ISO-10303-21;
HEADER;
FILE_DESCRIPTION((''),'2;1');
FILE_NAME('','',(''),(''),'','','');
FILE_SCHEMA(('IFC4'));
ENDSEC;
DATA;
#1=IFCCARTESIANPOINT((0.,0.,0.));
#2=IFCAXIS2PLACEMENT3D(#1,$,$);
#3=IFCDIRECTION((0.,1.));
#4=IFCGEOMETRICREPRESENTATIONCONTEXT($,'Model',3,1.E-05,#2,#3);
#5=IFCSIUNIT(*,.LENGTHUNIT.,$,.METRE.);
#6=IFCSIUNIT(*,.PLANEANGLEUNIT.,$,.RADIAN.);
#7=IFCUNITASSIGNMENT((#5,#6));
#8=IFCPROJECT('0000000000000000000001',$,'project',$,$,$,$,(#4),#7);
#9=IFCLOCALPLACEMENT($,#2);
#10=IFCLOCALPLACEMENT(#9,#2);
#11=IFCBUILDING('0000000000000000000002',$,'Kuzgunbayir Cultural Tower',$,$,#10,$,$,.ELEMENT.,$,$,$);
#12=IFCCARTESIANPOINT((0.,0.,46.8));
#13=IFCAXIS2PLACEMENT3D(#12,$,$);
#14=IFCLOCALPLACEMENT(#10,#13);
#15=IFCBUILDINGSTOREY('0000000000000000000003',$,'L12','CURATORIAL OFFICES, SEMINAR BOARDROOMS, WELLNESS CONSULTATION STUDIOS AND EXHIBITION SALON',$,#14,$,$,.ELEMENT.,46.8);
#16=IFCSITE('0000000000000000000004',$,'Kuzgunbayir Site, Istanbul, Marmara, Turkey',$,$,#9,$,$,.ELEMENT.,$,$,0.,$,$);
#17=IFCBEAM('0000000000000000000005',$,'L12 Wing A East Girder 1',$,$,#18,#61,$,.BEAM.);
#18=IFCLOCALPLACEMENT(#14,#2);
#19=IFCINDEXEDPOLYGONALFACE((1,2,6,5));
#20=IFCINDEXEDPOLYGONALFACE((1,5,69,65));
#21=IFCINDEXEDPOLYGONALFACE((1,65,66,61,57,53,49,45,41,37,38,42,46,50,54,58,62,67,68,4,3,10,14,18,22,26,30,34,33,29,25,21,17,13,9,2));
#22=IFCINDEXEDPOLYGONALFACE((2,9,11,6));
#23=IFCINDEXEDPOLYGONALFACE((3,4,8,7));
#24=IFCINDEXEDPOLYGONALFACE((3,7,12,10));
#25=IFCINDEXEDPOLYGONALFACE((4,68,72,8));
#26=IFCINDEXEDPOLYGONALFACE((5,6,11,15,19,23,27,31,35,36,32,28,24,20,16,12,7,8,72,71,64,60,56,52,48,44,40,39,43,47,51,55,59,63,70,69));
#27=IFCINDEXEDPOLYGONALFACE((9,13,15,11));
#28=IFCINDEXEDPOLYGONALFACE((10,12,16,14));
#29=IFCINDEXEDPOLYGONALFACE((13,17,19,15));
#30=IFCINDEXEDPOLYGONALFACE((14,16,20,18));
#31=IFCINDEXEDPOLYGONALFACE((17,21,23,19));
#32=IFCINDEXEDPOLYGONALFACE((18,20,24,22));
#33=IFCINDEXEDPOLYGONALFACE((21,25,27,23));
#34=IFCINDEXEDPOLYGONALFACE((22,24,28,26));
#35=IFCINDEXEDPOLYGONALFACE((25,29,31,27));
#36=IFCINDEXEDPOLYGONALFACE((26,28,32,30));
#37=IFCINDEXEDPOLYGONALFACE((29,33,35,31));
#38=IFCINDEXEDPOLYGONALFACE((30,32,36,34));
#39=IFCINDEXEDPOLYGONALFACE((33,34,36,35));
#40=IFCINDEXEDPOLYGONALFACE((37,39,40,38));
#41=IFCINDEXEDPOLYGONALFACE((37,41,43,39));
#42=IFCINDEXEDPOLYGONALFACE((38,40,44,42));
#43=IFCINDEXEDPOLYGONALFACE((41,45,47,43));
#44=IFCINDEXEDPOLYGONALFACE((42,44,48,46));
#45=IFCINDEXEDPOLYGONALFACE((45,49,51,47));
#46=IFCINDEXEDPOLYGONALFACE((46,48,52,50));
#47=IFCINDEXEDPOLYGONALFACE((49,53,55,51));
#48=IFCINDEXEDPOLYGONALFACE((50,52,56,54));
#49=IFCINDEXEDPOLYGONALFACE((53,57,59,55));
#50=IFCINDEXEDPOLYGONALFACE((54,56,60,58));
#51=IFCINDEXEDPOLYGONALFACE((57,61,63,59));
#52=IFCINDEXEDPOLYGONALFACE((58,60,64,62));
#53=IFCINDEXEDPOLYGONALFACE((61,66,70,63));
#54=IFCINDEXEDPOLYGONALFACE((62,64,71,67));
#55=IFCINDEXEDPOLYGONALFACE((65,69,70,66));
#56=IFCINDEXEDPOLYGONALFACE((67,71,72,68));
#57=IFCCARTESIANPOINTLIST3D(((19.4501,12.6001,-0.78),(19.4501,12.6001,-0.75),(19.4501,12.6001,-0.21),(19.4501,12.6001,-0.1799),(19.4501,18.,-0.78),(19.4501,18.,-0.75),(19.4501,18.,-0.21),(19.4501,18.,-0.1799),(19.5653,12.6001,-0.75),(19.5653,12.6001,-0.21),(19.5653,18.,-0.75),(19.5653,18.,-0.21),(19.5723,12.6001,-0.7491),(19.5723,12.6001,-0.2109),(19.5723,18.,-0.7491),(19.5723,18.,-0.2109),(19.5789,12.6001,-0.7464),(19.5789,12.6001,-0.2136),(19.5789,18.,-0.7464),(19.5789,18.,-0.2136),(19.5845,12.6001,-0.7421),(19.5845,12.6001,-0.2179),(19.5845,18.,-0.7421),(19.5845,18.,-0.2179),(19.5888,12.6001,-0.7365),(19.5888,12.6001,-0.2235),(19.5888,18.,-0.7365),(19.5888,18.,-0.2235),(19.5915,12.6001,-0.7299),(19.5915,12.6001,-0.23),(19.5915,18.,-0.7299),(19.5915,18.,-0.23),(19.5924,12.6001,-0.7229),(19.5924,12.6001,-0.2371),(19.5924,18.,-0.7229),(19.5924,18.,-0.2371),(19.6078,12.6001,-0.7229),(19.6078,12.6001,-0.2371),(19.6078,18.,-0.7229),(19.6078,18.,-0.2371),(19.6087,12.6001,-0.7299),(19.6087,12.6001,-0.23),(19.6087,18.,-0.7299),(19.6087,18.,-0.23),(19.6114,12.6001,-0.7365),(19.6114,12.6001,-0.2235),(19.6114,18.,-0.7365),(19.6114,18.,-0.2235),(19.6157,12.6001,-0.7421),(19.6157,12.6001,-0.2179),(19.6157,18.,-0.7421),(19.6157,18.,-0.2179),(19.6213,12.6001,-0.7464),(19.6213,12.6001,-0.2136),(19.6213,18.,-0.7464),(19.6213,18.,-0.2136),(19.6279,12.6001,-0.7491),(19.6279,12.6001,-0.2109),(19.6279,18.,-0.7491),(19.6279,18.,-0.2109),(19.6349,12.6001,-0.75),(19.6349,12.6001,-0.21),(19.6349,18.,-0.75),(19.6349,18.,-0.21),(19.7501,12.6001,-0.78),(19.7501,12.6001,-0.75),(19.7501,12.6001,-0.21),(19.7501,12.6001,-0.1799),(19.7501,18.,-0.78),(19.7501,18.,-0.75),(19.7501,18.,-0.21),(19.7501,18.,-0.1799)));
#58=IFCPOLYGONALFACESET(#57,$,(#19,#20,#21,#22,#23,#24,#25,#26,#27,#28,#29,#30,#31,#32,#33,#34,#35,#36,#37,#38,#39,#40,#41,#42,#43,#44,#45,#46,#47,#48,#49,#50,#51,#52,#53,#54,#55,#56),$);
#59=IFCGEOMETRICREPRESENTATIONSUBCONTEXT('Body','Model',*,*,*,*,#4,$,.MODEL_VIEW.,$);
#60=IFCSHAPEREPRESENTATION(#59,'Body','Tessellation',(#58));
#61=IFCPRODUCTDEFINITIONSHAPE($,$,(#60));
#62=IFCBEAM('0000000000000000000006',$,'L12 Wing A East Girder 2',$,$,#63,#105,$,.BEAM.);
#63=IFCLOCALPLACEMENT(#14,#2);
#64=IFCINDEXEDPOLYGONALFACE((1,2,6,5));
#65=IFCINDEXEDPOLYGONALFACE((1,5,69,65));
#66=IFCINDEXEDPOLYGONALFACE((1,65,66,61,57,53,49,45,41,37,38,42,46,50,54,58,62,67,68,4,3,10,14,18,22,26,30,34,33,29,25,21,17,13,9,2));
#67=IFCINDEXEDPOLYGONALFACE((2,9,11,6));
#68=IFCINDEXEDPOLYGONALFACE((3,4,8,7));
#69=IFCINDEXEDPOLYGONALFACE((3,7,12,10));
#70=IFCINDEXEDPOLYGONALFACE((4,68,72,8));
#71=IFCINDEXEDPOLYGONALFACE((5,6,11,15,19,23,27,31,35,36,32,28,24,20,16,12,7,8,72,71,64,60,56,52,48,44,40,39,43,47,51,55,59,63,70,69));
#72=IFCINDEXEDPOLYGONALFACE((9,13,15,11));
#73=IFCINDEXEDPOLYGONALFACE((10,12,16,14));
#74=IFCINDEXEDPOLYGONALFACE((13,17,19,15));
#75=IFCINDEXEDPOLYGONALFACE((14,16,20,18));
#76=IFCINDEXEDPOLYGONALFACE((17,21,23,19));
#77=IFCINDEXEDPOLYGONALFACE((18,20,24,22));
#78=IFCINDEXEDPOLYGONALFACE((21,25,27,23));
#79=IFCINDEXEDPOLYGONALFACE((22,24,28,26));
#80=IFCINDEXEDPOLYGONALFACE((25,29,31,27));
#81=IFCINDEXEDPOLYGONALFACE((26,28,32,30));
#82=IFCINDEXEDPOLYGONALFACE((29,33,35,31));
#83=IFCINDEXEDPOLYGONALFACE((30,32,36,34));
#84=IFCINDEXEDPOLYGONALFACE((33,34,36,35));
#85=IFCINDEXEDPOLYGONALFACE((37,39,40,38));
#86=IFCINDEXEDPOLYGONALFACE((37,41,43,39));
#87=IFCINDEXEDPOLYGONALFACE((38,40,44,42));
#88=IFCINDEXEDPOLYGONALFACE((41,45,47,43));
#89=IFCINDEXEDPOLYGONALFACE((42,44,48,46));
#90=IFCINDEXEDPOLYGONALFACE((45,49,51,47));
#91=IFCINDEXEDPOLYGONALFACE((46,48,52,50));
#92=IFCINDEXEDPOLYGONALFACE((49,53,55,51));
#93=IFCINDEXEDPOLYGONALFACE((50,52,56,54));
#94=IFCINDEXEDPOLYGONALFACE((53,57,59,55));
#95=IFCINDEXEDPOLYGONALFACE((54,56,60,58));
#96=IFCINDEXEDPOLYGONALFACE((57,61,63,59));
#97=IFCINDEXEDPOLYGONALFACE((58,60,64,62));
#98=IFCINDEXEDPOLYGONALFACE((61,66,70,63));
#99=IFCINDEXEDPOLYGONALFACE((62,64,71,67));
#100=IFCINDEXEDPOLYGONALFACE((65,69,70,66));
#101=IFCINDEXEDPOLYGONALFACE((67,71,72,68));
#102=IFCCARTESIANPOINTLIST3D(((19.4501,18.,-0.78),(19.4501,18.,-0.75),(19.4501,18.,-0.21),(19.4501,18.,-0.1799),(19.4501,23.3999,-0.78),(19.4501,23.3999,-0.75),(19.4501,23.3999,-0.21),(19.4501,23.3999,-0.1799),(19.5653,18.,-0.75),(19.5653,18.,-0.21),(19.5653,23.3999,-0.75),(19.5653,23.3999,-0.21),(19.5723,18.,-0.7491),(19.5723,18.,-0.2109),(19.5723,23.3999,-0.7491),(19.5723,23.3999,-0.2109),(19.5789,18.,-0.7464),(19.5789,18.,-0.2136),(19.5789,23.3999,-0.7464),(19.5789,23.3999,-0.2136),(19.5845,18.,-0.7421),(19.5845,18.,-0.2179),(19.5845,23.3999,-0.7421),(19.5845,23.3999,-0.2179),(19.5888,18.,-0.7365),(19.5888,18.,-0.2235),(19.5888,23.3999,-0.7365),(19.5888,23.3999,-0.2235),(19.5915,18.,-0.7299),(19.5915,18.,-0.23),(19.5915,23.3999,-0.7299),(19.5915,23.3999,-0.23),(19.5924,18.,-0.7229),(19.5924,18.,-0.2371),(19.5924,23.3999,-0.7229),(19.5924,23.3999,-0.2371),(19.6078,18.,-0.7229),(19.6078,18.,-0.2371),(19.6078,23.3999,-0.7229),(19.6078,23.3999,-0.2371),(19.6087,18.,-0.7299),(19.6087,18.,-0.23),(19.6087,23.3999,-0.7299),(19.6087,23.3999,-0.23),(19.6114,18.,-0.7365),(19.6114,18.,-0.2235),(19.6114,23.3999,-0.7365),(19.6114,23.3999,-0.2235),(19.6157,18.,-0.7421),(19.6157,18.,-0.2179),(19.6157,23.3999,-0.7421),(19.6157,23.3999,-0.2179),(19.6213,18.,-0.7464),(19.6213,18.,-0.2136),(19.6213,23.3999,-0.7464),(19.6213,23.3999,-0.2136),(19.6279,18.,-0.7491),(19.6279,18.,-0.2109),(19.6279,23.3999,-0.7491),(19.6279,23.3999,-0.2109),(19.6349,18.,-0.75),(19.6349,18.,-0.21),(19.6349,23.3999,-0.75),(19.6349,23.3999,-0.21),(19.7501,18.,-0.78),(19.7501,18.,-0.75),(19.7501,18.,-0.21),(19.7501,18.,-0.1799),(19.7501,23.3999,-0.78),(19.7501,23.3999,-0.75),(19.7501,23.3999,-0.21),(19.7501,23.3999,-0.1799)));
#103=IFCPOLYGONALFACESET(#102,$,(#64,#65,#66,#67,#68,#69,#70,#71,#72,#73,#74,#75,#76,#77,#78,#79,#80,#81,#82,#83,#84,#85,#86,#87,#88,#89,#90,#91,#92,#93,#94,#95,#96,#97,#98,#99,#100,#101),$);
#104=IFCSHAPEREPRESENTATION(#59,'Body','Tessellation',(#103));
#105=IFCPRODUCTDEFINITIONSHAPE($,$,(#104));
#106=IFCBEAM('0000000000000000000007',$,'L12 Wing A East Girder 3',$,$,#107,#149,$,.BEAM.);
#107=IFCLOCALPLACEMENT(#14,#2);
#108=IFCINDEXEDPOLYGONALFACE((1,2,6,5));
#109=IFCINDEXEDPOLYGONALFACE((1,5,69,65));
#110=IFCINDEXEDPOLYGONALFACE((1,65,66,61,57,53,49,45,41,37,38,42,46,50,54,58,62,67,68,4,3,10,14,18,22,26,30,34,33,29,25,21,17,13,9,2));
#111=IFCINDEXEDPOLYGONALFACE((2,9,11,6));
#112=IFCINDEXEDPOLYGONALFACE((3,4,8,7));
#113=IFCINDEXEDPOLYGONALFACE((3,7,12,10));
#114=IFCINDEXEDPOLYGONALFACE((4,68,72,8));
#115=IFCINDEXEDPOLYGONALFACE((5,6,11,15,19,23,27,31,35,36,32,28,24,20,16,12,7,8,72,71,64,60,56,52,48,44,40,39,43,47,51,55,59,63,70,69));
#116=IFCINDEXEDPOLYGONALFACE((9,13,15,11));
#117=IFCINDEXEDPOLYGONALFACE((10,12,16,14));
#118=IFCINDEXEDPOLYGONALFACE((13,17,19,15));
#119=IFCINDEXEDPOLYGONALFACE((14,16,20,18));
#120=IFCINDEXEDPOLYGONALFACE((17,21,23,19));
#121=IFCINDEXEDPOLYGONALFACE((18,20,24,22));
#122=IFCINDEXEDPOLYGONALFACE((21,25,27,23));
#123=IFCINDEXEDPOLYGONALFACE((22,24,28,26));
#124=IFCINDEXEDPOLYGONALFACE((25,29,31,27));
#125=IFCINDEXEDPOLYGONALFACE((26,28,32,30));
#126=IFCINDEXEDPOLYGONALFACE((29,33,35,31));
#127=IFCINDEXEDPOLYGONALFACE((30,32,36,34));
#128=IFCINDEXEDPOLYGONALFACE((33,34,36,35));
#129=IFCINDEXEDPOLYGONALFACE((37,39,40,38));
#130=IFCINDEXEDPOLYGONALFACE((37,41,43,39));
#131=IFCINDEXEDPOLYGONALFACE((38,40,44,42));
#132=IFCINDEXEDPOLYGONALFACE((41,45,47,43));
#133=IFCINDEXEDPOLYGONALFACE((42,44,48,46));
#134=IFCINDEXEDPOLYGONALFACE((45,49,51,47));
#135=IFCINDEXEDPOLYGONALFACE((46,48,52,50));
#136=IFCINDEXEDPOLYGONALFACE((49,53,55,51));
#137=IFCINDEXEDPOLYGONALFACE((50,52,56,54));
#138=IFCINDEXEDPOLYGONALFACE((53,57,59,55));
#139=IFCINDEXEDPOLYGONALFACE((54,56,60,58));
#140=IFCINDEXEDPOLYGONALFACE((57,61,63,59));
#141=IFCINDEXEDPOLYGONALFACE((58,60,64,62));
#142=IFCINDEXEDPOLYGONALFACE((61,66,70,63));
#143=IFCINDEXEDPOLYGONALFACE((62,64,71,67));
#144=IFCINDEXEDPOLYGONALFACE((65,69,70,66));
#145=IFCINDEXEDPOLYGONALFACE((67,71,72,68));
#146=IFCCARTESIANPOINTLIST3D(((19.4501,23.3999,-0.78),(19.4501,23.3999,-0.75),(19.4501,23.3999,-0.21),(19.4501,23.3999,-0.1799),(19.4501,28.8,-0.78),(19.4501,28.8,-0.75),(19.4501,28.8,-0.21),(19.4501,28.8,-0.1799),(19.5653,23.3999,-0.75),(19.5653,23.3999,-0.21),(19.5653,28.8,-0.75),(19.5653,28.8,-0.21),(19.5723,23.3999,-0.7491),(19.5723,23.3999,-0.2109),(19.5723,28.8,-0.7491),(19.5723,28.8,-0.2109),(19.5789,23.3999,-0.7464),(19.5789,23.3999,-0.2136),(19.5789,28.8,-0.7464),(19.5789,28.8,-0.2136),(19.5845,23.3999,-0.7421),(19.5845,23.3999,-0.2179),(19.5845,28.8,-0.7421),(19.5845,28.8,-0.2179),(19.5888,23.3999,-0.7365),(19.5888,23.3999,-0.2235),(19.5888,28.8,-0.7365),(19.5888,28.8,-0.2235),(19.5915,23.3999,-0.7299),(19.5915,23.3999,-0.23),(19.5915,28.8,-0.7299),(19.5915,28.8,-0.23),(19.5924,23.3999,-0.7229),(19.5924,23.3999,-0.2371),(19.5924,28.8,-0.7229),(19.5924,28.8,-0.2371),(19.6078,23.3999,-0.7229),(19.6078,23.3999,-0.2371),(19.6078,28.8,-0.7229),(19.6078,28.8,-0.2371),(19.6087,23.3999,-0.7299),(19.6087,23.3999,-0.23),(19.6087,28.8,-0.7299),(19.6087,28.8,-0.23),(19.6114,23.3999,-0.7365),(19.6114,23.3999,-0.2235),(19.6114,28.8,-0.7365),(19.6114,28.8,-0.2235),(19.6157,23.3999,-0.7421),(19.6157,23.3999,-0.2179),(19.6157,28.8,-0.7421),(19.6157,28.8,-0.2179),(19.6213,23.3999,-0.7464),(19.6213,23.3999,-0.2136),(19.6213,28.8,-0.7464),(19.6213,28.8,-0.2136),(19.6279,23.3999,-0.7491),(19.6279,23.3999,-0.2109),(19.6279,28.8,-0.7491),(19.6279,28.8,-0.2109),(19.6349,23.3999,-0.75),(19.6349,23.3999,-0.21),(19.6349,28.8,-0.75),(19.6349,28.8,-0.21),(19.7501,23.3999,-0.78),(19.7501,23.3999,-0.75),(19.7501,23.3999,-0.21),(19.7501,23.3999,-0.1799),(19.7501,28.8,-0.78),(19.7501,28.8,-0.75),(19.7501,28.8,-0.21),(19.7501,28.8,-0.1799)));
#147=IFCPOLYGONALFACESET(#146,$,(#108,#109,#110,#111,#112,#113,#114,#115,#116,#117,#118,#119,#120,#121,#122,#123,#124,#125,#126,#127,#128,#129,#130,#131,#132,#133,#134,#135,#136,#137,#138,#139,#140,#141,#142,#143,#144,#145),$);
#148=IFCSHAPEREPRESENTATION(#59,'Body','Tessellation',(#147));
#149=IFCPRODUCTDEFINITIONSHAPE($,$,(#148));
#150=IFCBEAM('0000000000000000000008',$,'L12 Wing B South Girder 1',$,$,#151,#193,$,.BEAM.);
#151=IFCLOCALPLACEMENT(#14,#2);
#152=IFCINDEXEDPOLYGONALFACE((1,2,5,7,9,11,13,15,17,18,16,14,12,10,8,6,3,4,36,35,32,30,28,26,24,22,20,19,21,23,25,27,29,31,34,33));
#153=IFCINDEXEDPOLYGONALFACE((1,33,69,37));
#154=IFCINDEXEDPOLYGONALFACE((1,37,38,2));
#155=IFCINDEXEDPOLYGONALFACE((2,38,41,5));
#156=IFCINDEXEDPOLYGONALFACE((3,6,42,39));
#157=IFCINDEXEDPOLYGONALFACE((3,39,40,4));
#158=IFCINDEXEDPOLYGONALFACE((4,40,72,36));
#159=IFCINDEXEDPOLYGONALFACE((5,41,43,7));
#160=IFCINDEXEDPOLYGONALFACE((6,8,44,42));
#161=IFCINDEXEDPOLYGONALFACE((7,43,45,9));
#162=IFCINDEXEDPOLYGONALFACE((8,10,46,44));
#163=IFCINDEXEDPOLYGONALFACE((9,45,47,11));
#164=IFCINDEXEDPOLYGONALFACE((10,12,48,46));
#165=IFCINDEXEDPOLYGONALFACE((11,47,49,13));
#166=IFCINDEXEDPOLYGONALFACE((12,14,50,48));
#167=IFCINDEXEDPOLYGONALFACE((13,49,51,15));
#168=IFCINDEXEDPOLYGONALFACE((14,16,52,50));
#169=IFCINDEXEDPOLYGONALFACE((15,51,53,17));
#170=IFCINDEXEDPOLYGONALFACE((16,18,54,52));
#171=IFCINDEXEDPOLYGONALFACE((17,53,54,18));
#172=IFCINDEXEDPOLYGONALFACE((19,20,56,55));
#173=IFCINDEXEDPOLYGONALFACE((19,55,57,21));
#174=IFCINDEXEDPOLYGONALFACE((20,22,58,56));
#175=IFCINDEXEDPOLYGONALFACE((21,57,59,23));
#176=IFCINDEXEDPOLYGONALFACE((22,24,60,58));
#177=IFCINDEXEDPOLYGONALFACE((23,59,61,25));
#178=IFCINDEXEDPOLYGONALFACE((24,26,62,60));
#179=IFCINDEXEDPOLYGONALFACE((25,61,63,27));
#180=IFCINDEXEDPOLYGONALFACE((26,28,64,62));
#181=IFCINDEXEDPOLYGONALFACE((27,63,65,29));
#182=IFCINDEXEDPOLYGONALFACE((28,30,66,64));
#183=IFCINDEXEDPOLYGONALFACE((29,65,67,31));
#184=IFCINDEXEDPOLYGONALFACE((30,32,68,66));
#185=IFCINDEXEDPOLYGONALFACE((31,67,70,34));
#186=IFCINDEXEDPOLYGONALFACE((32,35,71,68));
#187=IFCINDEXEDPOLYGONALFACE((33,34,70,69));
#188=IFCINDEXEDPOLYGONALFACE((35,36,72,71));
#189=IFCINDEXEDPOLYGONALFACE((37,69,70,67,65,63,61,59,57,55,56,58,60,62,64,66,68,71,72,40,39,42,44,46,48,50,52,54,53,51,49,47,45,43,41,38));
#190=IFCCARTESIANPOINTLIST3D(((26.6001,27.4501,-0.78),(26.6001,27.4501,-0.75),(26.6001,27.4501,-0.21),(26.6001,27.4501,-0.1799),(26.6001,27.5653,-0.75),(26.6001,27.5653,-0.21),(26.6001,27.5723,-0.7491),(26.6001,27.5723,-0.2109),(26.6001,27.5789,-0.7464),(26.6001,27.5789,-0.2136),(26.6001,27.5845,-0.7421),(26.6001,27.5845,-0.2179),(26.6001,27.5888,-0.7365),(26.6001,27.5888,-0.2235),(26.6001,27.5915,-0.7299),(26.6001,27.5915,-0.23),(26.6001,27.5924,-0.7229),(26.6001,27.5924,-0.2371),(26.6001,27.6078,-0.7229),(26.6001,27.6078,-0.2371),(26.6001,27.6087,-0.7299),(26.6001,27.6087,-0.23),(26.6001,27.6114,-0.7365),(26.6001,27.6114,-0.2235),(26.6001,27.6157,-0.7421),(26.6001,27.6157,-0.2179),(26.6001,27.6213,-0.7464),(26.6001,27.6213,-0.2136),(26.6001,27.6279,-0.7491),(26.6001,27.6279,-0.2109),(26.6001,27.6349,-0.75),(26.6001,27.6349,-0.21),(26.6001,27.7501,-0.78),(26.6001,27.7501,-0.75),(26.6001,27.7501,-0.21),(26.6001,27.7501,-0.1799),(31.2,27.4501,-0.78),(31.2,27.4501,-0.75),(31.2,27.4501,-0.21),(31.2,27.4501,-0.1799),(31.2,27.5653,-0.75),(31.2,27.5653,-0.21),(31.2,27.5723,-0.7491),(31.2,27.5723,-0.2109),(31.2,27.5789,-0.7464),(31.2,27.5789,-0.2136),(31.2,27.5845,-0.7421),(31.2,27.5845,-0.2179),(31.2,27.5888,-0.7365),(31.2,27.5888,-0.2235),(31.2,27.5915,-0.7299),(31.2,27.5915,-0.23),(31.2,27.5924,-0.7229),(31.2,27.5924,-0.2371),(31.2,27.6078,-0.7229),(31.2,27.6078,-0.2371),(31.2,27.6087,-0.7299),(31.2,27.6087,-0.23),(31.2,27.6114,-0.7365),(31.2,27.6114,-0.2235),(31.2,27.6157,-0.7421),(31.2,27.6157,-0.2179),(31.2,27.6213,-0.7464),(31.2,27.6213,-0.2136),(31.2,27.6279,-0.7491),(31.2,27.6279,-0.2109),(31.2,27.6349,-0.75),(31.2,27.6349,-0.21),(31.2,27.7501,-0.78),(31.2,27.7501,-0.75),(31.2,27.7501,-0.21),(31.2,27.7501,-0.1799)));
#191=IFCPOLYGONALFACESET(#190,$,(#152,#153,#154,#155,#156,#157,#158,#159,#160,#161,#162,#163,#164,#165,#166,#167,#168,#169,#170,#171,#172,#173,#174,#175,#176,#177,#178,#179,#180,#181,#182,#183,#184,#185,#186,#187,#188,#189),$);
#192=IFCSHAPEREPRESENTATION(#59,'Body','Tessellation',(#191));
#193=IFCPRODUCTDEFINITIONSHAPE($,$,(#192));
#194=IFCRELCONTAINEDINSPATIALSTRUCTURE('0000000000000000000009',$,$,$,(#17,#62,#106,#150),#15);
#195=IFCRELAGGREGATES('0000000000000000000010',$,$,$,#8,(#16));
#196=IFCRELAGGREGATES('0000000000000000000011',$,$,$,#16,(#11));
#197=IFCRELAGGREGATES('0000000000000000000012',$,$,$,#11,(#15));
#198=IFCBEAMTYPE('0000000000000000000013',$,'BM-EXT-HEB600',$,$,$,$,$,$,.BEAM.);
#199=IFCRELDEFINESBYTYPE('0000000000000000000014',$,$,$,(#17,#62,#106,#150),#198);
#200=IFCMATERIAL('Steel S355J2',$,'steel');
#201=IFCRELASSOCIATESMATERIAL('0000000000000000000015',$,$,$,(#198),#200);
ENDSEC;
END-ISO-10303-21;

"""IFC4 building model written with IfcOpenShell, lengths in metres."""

from ifc_helpers import new_model, si_unit, direction, frame, origin, origin_2d, place, context, subcontext, project, spatial, i_section, extrude, material, material_profile, profile_set, type_object, element, save


model = new_model("IFC4")

# Units and contexts
model_context = context("Model", 3, precision=1e-05, world=origin(), true_north=direction((0.0, 1.0)))
body_context = subcontext(model_context, "Body", "Model", "MODEL_VIEW")
ifc_project = project(units=[si_unit("LENGTHUNIT", "METRE"), si_unit("PLANEANGLEUNIT", "RADIAN")], contexts=[model_context])

# Site, building, storey
site_placement = place(None, origin())
site = spatial("IfcSite", under=ifc_project, at=site_placement, Name="Kuzgunbayir Site, Istanbul, Marmara, Turkey", CompositionType="ELEMENT", RefElevation=0.0)
building_placement = place(site_placement, origin())
building = spatial("IfcBuilding", under=site, at=building_placement, Name="Kuzgunbayir Cultural Tower", CompositionType="ELEMENT")
storey_placement = place(building_placement, frame((0.0, 0.0, 46.8)))
storey = spatial("IfcBuildingStorey", under=building, at=storey_placement, Name="L12", Description="CURATORIAL OFFICES, SEMINAR BOARDROOMS, WELLNESS CONSULTATION STUDIOS AND EXHIBITION SALON", CompositionType="ELEMENT", Elevation=46.8)

# Beams
ifc_material_1 = material(Name="Steel S355J2", Category="steel")
ifc_material_profile_1 = material_profile(ifc_material_1, i_section(OverallWidth=0.3, OverallDepth=0.6001, WebThickness=0.0154, FlangeThickness=0.03, FilletRadius=0.0271, at=origin_2d()), Name="HEB 600")
ifc_profile_set_1 = profile_set([ifc_material_profile_1], Name="Steel S355J2")
beam_type_1 = type_object("IfcBeamType", Name="BM-EXT-HEB600", PredefinedType="BEAM", material=ifc_profile_set_1)
for number, where, z_axis, x_axis, name in (
    (1, (19.6001, 12.6001, -0.48), (0.0, 1.0, 0.0), (-1.0, 0.0, 0.0), "L12 Wing A East Girder 1"),
    (2, (19.6001, 18.0, -0.48), (0.0, 1.0, 0.0), (-1.0, 0.0, 0.0), "L12 Wing A East Girder 2"),
):
    element("IfcBeam", number, at=place(storey_placement, frame(where, z_axis=z_axis, x_axis=x_axis)), inside=storey, type_object=beam_type_1, Name=name, PredefinedType="BEAM", context=body_context, shape_type="SweptSolid", body=[
        extrude(i_section(OverallWidth=0.3, OverallDepth=0.6001, WebThickness=0.0154, FlangeThickness=0.03, FilletRadius=0.0271, at=origin_2d()), origin(), (0.0, 0.0, 1.0), 5.3999),
    ])
beam_1_placement = place(storey_placement, frame((19.6001, 23.3999, -0.48), z_axis=(0.0, 1.0, 0.0), x_axis=(-1.0, 0.0, 0.0)))
element("IfcBeam", 3, at=beam_1_placement, inside=storey, type_object=beam_type_1, Name="L12 Wing A East Girder 3", PredefinedType="BEAM", context=body_context, shape_type="SweptSolid", body=[
    extrude(i_section(OverallWidth=0.3, OverallDepth=0.6001, WebThickness=0.0154, FlangeThickness=0.03, FilletRadius=0.0271, at=origin_2d()), origin(), (0.0, 0.0, 1.0), 5.4001),
])
beam_2_placement = place(storey_placement, frame((26.6001, 27.6001, -0.48), z_axis=(1.0, 0.0, 0.0), x_axis=(0.0, 1.0, 0.0)))
element("IfcBeam", 4, at=beam_2_placement, inside=storey, type_object=beam_type_1, Name="L12 Wing B South Girder 1", PredefinedType="BEAM", context=body_context, shape_type="SweptSolid", body=[
    extrude(i_section(OverallWidth=0.3, OverallDepth=0.6001, WebThickness=0.0154, FlangeThickness=0.03, FilletRadius=0.0271, at=origin_2d()), origin(), (0.0, 0.0, 1.0), 4.5999),
])

save(model, "model.ifc")
